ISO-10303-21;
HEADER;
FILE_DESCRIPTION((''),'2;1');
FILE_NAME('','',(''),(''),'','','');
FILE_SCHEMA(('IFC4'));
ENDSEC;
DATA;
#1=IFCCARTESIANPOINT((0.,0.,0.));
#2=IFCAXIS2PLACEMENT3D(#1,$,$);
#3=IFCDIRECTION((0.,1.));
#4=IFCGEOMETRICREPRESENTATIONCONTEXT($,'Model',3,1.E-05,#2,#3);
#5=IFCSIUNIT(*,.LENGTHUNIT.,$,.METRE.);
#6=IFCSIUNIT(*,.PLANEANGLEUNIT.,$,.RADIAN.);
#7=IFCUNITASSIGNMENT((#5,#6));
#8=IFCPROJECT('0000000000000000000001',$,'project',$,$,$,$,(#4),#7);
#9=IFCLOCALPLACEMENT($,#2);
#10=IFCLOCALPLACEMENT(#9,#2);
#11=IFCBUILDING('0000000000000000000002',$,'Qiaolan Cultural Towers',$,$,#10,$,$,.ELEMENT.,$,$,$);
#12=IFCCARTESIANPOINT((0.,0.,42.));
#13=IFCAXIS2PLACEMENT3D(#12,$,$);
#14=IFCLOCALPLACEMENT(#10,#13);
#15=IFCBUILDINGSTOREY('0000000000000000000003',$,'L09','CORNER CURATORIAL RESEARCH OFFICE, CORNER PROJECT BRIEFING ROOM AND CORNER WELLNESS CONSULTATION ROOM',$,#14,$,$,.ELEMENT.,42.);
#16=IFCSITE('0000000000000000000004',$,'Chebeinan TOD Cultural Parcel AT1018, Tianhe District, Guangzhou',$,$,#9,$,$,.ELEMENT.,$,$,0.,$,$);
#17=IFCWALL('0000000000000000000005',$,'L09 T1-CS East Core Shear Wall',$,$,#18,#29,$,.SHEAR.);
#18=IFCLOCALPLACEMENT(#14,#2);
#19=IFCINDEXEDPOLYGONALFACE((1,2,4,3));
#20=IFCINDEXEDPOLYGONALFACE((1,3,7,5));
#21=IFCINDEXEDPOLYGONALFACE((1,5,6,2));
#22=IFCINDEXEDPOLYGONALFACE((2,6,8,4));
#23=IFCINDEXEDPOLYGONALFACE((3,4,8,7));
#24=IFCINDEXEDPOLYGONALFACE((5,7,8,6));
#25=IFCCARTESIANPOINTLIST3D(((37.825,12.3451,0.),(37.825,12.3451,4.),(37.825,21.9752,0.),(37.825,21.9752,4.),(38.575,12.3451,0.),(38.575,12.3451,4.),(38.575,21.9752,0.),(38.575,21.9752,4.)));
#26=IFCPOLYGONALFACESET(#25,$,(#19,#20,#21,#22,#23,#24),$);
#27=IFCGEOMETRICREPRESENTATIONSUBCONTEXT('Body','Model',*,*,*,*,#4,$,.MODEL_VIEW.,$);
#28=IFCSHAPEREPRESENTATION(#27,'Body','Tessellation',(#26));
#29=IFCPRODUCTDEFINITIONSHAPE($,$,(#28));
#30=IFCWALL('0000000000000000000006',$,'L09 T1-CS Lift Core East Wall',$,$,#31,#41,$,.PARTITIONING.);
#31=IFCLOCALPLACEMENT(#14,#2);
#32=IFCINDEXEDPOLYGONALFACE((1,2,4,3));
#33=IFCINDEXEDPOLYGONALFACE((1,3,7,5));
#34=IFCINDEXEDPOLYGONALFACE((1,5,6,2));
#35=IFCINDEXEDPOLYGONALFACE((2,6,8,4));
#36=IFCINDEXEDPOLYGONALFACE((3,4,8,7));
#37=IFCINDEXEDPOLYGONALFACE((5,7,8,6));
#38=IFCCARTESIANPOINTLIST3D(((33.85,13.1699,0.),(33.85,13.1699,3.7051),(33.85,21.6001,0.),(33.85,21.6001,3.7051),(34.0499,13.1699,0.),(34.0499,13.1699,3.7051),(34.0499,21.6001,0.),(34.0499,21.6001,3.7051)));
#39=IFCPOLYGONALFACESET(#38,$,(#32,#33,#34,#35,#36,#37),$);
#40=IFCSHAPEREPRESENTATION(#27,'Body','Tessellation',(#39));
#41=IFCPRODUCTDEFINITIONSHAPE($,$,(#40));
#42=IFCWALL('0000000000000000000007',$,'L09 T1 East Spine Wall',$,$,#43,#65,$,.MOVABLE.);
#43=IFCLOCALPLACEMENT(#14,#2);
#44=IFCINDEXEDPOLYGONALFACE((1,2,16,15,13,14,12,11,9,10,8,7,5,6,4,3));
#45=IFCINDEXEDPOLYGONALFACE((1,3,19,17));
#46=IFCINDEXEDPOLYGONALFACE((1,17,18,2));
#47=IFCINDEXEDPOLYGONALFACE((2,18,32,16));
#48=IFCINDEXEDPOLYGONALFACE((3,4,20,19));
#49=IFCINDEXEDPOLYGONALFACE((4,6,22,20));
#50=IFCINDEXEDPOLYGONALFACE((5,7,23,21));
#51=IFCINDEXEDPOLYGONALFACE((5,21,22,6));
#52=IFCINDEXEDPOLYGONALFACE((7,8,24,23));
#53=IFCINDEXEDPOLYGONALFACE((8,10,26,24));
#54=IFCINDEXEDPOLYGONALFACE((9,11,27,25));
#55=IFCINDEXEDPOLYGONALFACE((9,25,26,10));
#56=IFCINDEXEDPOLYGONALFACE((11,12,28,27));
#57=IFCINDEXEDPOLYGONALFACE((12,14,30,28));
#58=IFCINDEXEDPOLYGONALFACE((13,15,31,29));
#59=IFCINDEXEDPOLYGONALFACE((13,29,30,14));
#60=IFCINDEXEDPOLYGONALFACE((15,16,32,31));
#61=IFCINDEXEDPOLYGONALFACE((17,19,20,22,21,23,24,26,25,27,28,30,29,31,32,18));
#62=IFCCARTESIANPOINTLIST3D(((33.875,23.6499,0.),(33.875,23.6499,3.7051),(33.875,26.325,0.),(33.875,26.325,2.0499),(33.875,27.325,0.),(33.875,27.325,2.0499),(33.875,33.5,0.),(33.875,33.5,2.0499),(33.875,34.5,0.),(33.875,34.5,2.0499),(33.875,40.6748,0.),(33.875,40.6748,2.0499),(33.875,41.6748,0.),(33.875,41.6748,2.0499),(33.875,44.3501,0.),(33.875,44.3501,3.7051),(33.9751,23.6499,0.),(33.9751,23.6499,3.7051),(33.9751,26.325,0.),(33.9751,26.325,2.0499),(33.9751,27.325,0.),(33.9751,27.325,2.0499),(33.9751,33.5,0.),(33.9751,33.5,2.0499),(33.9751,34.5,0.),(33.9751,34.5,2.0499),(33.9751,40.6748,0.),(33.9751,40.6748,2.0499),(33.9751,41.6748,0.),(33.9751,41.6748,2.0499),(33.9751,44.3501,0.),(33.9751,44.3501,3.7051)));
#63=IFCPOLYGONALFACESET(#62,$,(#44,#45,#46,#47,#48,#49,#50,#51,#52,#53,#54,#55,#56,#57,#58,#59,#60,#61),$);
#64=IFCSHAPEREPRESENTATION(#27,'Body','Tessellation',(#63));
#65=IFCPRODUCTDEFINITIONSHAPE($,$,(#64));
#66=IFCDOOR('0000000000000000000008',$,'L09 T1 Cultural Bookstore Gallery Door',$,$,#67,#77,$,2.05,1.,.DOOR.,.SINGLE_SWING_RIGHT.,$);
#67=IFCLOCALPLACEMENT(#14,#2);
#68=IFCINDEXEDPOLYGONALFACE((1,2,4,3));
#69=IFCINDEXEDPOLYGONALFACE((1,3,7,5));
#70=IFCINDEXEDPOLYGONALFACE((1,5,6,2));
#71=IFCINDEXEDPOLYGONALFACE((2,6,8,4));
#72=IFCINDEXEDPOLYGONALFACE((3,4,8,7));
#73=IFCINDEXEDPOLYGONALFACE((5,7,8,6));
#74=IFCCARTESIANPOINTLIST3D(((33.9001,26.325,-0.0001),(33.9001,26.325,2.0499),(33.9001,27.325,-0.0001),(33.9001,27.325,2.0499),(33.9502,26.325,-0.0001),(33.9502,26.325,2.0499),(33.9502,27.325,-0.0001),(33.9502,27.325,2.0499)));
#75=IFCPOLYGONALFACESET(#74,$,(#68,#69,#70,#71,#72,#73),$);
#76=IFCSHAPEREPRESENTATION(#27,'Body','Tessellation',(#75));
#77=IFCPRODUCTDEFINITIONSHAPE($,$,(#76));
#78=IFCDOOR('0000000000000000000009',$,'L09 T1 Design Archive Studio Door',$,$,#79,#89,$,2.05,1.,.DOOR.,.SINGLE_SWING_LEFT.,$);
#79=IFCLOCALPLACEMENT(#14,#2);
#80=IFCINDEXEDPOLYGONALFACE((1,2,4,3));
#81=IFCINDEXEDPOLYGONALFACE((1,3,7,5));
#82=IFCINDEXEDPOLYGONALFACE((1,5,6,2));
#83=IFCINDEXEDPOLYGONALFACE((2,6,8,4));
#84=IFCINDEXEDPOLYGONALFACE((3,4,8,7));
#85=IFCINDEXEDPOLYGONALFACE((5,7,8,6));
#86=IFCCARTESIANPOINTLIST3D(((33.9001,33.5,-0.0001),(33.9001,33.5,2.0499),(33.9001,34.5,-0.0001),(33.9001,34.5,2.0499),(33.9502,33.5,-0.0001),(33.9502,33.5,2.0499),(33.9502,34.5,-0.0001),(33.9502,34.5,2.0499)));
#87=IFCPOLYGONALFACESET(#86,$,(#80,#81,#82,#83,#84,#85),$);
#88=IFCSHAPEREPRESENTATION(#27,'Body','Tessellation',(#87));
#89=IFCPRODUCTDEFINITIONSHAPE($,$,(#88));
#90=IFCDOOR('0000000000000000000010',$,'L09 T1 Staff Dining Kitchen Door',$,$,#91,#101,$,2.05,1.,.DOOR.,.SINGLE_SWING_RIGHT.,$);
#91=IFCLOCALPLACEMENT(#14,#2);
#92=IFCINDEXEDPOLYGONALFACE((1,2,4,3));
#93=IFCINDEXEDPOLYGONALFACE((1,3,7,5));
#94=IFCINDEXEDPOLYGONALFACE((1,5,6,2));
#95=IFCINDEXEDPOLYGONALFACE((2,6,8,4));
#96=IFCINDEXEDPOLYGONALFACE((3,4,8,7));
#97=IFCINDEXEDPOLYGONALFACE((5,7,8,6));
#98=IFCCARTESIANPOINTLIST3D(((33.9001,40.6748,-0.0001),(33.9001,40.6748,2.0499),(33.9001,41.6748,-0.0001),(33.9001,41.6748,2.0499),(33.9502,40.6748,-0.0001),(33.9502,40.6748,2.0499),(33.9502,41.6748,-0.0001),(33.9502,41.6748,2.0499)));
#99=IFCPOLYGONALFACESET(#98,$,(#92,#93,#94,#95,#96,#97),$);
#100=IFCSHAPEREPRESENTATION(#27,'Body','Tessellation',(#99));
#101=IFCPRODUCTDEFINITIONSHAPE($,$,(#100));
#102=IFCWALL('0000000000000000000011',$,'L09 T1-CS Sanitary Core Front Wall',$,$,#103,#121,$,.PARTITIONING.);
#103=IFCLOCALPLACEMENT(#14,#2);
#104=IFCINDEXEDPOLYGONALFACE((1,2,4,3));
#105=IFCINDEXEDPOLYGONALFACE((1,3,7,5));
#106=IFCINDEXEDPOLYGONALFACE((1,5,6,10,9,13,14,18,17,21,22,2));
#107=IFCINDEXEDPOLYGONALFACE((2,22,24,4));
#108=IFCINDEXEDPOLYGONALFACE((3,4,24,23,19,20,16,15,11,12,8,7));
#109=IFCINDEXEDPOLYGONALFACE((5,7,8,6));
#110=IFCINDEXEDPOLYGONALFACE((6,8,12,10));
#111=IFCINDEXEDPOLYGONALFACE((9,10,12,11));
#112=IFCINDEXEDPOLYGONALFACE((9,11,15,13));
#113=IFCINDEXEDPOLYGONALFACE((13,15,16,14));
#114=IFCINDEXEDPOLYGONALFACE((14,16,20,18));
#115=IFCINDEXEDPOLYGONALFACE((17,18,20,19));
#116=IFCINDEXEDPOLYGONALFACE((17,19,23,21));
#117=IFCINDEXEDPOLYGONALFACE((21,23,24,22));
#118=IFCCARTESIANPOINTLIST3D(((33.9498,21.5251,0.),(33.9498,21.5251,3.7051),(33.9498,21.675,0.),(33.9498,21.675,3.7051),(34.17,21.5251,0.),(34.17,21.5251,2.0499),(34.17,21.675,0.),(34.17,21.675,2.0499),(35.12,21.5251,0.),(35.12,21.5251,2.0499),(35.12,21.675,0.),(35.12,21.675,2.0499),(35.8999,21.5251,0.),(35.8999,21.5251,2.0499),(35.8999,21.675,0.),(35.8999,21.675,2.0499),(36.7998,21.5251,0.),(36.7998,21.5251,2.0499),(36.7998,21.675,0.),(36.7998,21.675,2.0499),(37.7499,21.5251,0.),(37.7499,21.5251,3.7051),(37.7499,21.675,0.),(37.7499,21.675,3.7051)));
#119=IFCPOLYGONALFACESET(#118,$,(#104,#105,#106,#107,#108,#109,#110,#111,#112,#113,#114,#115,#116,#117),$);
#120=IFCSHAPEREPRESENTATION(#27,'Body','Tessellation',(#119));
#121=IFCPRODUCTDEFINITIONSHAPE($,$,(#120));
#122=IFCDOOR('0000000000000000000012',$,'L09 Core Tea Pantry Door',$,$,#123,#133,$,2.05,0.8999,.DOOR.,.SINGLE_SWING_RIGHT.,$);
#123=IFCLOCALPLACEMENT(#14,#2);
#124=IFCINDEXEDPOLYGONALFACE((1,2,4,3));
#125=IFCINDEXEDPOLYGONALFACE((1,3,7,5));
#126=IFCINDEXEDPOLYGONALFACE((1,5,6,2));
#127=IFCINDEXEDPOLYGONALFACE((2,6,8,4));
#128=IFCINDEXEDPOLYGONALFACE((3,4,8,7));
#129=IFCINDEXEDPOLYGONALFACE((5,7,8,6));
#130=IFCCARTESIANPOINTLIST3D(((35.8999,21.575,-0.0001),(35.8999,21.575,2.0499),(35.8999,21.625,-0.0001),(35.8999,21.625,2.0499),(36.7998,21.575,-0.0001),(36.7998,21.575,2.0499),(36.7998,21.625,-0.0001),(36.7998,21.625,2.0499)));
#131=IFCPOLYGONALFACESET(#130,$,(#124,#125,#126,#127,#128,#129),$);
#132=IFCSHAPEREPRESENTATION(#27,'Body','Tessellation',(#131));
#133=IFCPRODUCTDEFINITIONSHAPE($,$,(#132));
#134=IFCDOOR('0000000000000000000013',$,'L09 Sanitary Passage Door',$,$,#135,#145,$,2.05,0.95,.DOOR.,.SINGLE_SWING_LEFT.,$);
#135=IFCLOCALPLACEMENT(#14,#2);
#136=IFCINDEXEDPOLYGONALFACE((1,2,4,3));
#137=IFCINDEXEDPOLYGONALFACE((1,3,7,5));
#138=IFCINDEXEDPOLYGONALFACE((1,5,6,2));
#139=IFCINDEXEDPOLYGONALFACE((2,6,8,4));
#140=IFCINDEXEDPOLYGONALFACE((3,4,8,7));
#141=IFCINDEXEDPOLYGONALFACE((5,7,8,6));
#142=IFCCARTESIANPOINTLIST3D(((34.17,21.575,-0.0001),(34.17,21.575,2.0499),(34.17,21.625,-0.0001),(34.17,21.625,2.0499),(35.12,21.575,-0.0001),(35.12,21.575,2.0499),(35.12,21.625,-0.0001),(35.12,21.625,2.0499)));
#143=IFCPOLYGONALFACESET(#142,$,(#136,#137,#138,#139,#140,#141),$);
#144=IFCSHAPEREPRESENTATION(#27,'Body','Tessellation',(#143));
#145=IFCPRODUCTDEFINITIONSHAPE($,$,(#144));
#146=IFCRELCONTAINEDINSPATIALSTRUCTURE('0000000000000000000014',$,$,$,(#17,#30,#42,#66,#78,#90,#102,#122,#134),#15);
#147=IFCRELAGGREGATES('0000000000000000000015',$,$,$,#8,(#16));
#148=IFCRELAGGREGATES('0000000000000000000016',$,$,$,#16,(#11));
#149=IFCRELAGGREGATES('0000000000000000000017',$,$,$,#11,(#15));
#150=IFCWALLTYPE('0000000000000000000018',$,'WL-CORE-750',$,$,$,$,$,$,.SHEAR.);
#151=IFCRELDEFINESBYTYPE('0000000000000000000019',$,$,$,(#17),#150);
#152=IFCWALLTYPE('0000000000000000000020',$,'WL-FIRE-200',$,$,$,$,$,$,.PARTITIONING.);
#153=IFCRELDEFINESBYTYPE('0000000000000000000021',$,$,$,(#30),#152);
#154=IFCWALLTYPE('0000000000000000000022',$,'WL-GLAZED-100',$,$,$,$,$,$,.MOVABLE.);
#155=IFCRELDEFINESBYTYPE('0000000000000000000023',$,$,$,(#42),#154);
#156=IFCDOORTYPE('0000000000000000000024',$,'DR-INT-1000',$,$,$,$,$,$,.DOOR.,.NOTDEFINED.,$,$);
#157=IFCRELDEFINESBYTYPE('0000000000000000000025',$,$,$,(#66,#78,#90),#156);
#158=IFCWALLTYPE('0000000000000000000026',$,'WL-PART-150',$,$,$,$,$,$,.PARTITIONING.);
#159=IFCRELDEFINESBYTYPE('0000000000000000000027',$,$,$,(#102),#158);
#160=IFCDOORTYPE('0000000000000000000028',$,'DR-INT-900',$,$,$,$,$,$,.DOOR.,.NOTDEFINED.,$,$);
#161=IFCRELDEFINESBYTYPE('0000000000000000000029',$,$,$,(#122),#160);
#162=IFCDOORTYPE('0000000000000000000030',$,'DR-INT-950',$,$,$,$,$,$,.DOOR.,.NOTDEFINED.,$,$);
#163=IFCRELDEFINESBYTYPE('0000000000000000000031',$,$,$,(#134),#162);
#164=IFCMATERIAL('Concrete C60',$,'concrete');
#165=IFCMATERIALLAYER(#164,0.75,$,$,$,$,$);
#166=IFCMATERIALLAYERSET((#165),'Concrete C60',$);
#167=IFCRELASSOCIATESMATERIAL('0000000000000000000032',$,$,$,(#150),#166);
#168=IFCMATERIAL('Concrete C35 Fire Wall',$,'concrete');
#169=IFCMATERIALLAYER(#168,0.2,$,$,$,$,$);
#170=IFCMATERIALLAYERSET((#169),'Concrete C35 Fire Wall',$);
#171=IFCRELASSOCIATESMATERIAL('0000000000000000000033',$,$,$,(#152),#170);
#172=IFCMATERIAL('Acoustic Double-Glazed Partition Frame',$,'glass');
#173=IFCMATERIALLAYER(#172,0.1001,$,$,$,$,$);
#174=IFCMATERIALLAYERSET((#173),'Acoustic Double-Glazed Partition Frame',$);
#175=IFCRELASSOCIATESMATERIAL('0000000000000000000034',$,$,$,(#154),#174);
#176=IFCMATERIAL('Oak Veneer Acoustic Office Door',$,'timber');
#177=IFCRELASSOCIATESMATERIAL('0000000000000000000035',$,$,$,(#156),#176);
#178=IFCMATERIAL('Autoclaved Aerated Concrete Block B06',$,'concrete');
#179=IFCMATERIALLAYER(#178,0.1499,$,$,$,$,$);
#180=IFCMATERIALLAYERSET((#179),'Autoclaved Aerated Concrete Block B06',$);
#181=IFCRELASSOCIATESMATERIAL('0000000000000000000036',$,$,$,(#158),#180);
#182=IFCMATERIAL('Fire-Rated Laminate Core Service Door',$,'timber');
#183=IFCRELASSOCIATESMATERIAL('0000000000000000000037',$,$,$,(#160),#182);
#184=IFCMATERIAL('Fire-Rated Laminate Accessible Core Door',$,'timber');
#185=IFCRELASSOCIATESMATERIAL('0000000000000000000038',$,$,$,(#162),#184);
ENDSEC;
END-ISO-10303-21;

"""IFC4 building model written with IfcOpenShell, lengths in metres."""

from ifc_helpers import new_model, si_unit, direction, frame, frame_2d, origin, place, context, subcontext, project, spatial, rectangle, extrude, material, layer, layer_set, type_object, element, fill, save


model = new_model("IFC4")

# Units and contexts
model_context = context("Model", 3, precision=1e-05, world=origin(), true_north=direction((0.0, 1.0)))
body_context = subcontext(model_context, "Body", "Model", "MODEL_VIEW")
ifc_project = project(units=[si_unit("LENGTHUNIT", "METRE"), si_unit("PLANEANGLEUNIT", "RADIAN")], contexts=[model_context])

# Site, building, storey
site_placement = place(None, origin())
site = spatial("IfcSite", under=ifc_project, at=site_placement, Name="Chebeinan TOD Cultural Parcel AT1018, Tianhe District, Guangzhou", CompositionType="ELEMENT", RefElevation=0.0)
building_placement = place(site_placement, origin())
building = spatial("IfcBuilding", under=site, at=building_placement, Name="Qiaolan Cultural Towers", CompositionType="ELEMENT")
storey_placement = place(building_placement, frame((0.0, 0.0, 42.0)))
storey = spatial("IfcBuildingStorey", under=building, at=storey_placement, Name="L09", Description="CORNER CURATORIAL RESEARCH OFFICE, CORNER PROJECT BRIEFING ROOM AND CORNER WELLNESS CONSULTATION ROOM", CompositionType="ELEMENT", Elevation=42.0)

# Walls
ifc_material_1 = material(Name="Concrete C60", Category="concrete")
ifc_layer_1 = layer(ifc_material_1, 0.75)
ifc_layer_set_1 = layer_set([ifc_layer_1], Name="Concrete C60")
wall_type_1 = type_object("IfcWallType", Name="WL-CORE-750", PredefinedType="SHEAR", material=ifc_layer_set_1)
wall_1_placement = place(storey_placement, frame((38.2, 21.9751, 0.0), z_axis=(0.0, 0.0, 1.0), x_axis=(0.0, -1.0, 0.0)))
element("IfcWall", 1, at=wall_1_placement, inside=storey, type_object=wall_type_1, Name="L09 T1-CS East Core Shear Wall", PredefinedType="SHEAR", context=body_context, shape_type="SweptSolid", body=[
    extrude(rectangle(XDim=9.6301, YDim=0.75, at=frame_2d((4.8149, 0.0))), origin(), (0.0, 0.0, 1.0), 4.0),
])
ifc_material_2 = material(Name="Concrete C35 Fire Wall", Category="concrete")
ifc_layer_2 = layer(ifc_material_2, 0.2)
ifc_layer_set_2 = layer_set([ifc_layer_2], Name="Concrete C35 Fire Wall")
wall_type_2 = type_object("IfcWallType", Name="WL-FIRE-200", PredefinedType="PARTITIONING", material=ifc_layer_set_2)
wall_2_placement = place(storey_placement, frame((33.95, 21.6001, 0.0), z_axis=(0.0, 0.0, 1.0), x_axis=(0.0, -1.0, 0.0)))
element("IfcWall", 2, at=wall_2_placement, inside=storey, type_object=wall_type_2, Name="L09 T1-CS Lift Core East Wall", PredefinedType="PARTITIONING", context=body_context, shape_type="SweptSolid", body=[
    extrude(rectangle(XDim=8.4302, YDim=0.2, at=frame_2d((4.2151, 0.0))), origin(), (0.0, 0.0, 1.0), 3.7051),
])

# Walls, openings, doors
ifc_material_3 = material(Name="Acoustic Double-Glazed Partition Frame", Category="glass")
ifc_layer_3 = layer(ifc_material_3, 0.1001)
ifc_layer_set_3 = layer_set([ifc_layer_3], Name="Acoustic Double-Glazed Partition Frame")
wall_type_3 = type_object("IfcWallType", Name="WL-GLAZED-100", PredefinedType="MOVABLE", material=ifc_layer_set_3)
wall_3_placement = place(storey_placement, frame((33.925, 23.6499, 0.0), z_axis=(0.0, 0.0, 1.0), x_axis=(0.0, 1.0, 0.0)))
wall_3 = element("IfcWall", 3, at=wall_3_placement, inside=storey, type_object=wall_type_3, Name="L09 T1 East Spine Wall", PredefinedType="MOVABLE", context=body_context, shape_type="SweptSolid", body=[
    extrude(rectangle(XDim=20.7002, YDim=0.1001, at=frame_2d((10.3501, 0.0))), origin(), (0.0, 0.0, 1.0), 3.7051),
])
opening_1_placement = place(wall_3_placement, frame((2.675, 0.0, 0.0)))
opening_1 = element("IfcOpeningElement", 4, at=opening_1_placement, cuts=wall_3, PredefinedType="OPENING", context=body_context, shape_type="SweptSolid", body=[
    extrude(rectangle(XDim=1.0, YDim=2.05, at=frame_2d((0.5, 1.0249))), frame((0.0, 0.0601, 0.0), z_axis=(0.0, -1.0, 0.0), x_axis=(1.0, 0.0, 0.0)), (0.0, 0.0, 1.0), 0.1201),
])
opening_2_placement = place(wall_3_placement, frame((9.8501, 0.0, 0.0)))
opening_2 = element("IfcOpeningElement", 5, at=opening_2_placement, cuts=wall_3, PredefinedType="OPENING", context=body_context, shape_type="SweptSolid", body=[
    extrude(rectangle(XDim=1.0, YDim=2.05, at=frame_2d((0.5, 1.0249))), frame((0.0, 0.0601, 0.0), z_axis=(0.0, -1.0, 0.0), x_axis=(1.0, 0.0, 0.0)), (0.0, 0.0, 1.0), 0.1201),
])
opening_3_placement = place(wall_3_placement, frame((17.0249, 0.0, 0.0)))
opening_3 = element("IfcOpeningElement", 6, at=opening_3_placement, cuts=wall_3, PredefinedType="OPENING", context=body_context, shape_type="SweptSolid", body=[
    extrude(rectangle(XDim=1.0, YDim=2.05, at=frame_2d((0.5, 1.0249))), frame((0.0, 0.0601, 0.0), z_axis=(0.0, -1.0, 0.0), x_axis=(1.0, 0.0, 0.0)), (0.0, 0.0, 1.0), 0.1201),
])
ifc_material_4 = material(Name="Oak Veneer Acoustic Office Door", Category="timber")
door_type_1 = type_object("IfcDoorType", Name="DR-INT-1000", OperationType="NOTDEFINED", PredefinedType="DOOR", material=ifc_material_4)
door_1_placement = place(opening_1_placement, origin())
door_1 = element("IfcDoor", 7, at=door_1_placement, inside=storey, type_object=door_type_1, Name="L09 T1 Cultural Bookstore Gallery Door", OperationType="SINGLE_SWING_RIGHT", OverallHeight=2.05, OverallWidth=1.0, PredefinedType="DOOR", context=body_context, shape_type="SweptSolid", body=[
    extrude(rectangle(XDim=1.0, YDim=2.05, at=frame_2d((0.5, 1.0249))), frame((0.0, 0.0249, 0.0), z_axis=(0.0, -1.0, 0.0), x_axis=(1.0, 0.0, 0.0)), (0.0, 0.0, 1.0), 0.05),
])
fill(opening_1, door_1)
door_2_placement = place(opening_2_placement, origin())
door_2 = element("IfcDoor", 8, at=door_2_placement, inside=storey, type_object=door_type_1, Name="L09 T1 Design Archive Studio Door", OperationType="SINGLE_SWING_LEFT", OverallHeight=2.05, OverallWidth=1.0, PredefinedType="DOOR", context=body_context, shape_type="SweptSolid", body=[
    extrude(rectangle(XDim=1.0, YDim=2.05, at=frame_2d((0.5, 1.0249))), frame((0.0, 0.0249, 0.0), z_axis=(0.0, -1.0, 0.0), x_axis=(1.0, 0.0, 0.0)), (0.0, 0.0, 1.0), 0.05),
])
fill(opening_2, door_2)
door_3_placement = place(opening_3_placement, origin())
door_3 = element("IfcDoor", 9, at=door_3_placement, inside=storey, type_object=door_type_1, Name="L09 T1 Staff Dining Kitchen Door", OperationType="SINGLE_SWING_RIGHT", OverallHeight=2.05, OverallWidth=1.0, PredefinedType="DOOR", context=body_context, shape_type="SweptSolid", body=[
    extrude(rectangle(XDim=1.0, YDim=2.05, at=frame_2d((0.5, 1.0249))), frame((0.0, 0.0249, 0.0), z_axis=(0.0, -1.0, 0.0), x_axis=(1.0, 0.0, 0.0)), (0.0, 0.0, 1.0), 0.05),
])
fill(opening_3, door_3)
ifc_material_5 = material(Name="Autoclaved Aerated Concrete Block B06", Category="concrete")
ifc_layer_4 = layer(ifc_material_5, 0.1499)
ifc_layer_set_4 = layer_set([ifc_layer_4], Name="Autoclaved Aerated Concrete Block B06")
wall_type_4 = type_object("IfcWallType", Name="WL-PART-150", PredefinedType="PARTITIONING", material=ifc_layer_set_4)
wall_4_placement = place(storey_placement, frame((33.95, 21.6001, 0.0), z_axis=(0.0, 0.0, 1.0), x_axis=(1.0, 0.0, 0.0)))
wall_4 = element("IfcWall", 10, at=wall_4_placement, inside=storey, type_object=wall_type_4, Name="L09 T1-CS Sanitary Core Front Wall", PredefinedType="PARTITIONING", context=body_context, shape_type="SweptSolid", body=[
    extrude(rectangle(XDim=3.8, YDim=0.1499, at=frame_2d((1.8999, 0.0))), origin(), (0.0, 0.0, 1.0), 3.7051),
])
opening_4_placement = place(wall_4_placement, frame((0.22, 0.0, 0.0)))
opening_4 = element("IfcOpeningElement", 11, at=opening_4_placement, cuts=wall_4, PredefinedType="OPENING", context=body_context, shape_type="SweptSolid", body=[
    extrude(rectangle(XDim=0.95, YDim=2.05, at=frame_2d((0.4751, 1.0249))), frame((0.0, 0.085, 0.0), z_axis=(0.0, -1.0, 0.0), x_axis=(1.0, 0.0, 0.0)), (0.0, 0.0, 1.0), 0.1699),
])
opening_5_placement = place(wall_4_placement, frame((1.95, 0.0, 0.0)))
opening_5 = element("IfcOpeningElement", 12, at=opening_5_placement, cuts=wall_4, PredefinedType="OPENING", context=body_context, shape_type="SweptSolid", body=[
    extrude(rectangle(XDim=0.8999, YDim=2.05, at=frame_2d((0.45, 1.0249))), frame((0.0, 0.085, 0.0), z_axis=(0.0, -1.0, 0.0), x_axis=(1.0, 0.0, 0.0)), (0.0, 0.0, 1.0), 0.1699),
])
ifc_material_6 = material(Name="Fire-Rated Laminate Core Service Door", Category="timber")
door_type_2 = type_object("IfcDoorType", Name="DR-INT-900", OperationType="NOTDEFINED", PredefinedType="DOOR", material=ifc_material_6)
door_4_placement = place(opening_5_placement, origin())
door_4 = element("IfcDoor", 13, at=door_4_placement, inside=storey, type_object=door_type_2, Name="L09 Core Tea Pantry Door", OperationType="SINGLE_SWING_RIGHT", OverallHeight=2.05, OverallWidth=0.8999, PredefinedType="DOOR", context=body_context, shape_type="SweptSolid", body=[
    extrude(rectangle(XDim=0.8999, YDim=2.05, at=frame_2d((0.45, 1.0249))), frame((0.0, 0.0249, 0.0), z_axis=(0.0, -1.0, 0.0), x_axis=(1.0, 0.0, 0.0)), (0.0, 0.0, 1.0), 0.05),
])
fill(opening_5, door_4)
ifc_material_7 = material(Name="Fire-Rated Laminate Accessible Core Door", Category="timber")
door_type_3 = type_object("IfcDoorType", Name="DR-INT-950", OperationType="NOTDEFINED", PredefinedType="DOOR", material=ifc_material_7)
door_5_placement = place(opening_4_placement, origin())
door_5 = element("IfcDoor", 14, at=door_5_placement, inside=storey, type_object=door_type_3, Name="L09 Sanitary Passage Door", OperationType="SINGLE_SWING_LEFT", OverallHeight=2.05, OverallWidth=0.95, PredefinedType="DOOR", context=body_context, shape_type="SweptSolid", body=[
    extrude(rectangle(XDim=0.95, YDim=2.05, at=frame_2d((0.4751, 1.0249))), frame((0.0, 0.0249, 0.0), z_axis=(0.0, -1.0, 0.0), x_axis=(1.0, 0.0, 0.0)), (0.0, 0.0, 1.0), 0.05),
])
fill(opening_4, door_5)

save(model, "model.ifc")
